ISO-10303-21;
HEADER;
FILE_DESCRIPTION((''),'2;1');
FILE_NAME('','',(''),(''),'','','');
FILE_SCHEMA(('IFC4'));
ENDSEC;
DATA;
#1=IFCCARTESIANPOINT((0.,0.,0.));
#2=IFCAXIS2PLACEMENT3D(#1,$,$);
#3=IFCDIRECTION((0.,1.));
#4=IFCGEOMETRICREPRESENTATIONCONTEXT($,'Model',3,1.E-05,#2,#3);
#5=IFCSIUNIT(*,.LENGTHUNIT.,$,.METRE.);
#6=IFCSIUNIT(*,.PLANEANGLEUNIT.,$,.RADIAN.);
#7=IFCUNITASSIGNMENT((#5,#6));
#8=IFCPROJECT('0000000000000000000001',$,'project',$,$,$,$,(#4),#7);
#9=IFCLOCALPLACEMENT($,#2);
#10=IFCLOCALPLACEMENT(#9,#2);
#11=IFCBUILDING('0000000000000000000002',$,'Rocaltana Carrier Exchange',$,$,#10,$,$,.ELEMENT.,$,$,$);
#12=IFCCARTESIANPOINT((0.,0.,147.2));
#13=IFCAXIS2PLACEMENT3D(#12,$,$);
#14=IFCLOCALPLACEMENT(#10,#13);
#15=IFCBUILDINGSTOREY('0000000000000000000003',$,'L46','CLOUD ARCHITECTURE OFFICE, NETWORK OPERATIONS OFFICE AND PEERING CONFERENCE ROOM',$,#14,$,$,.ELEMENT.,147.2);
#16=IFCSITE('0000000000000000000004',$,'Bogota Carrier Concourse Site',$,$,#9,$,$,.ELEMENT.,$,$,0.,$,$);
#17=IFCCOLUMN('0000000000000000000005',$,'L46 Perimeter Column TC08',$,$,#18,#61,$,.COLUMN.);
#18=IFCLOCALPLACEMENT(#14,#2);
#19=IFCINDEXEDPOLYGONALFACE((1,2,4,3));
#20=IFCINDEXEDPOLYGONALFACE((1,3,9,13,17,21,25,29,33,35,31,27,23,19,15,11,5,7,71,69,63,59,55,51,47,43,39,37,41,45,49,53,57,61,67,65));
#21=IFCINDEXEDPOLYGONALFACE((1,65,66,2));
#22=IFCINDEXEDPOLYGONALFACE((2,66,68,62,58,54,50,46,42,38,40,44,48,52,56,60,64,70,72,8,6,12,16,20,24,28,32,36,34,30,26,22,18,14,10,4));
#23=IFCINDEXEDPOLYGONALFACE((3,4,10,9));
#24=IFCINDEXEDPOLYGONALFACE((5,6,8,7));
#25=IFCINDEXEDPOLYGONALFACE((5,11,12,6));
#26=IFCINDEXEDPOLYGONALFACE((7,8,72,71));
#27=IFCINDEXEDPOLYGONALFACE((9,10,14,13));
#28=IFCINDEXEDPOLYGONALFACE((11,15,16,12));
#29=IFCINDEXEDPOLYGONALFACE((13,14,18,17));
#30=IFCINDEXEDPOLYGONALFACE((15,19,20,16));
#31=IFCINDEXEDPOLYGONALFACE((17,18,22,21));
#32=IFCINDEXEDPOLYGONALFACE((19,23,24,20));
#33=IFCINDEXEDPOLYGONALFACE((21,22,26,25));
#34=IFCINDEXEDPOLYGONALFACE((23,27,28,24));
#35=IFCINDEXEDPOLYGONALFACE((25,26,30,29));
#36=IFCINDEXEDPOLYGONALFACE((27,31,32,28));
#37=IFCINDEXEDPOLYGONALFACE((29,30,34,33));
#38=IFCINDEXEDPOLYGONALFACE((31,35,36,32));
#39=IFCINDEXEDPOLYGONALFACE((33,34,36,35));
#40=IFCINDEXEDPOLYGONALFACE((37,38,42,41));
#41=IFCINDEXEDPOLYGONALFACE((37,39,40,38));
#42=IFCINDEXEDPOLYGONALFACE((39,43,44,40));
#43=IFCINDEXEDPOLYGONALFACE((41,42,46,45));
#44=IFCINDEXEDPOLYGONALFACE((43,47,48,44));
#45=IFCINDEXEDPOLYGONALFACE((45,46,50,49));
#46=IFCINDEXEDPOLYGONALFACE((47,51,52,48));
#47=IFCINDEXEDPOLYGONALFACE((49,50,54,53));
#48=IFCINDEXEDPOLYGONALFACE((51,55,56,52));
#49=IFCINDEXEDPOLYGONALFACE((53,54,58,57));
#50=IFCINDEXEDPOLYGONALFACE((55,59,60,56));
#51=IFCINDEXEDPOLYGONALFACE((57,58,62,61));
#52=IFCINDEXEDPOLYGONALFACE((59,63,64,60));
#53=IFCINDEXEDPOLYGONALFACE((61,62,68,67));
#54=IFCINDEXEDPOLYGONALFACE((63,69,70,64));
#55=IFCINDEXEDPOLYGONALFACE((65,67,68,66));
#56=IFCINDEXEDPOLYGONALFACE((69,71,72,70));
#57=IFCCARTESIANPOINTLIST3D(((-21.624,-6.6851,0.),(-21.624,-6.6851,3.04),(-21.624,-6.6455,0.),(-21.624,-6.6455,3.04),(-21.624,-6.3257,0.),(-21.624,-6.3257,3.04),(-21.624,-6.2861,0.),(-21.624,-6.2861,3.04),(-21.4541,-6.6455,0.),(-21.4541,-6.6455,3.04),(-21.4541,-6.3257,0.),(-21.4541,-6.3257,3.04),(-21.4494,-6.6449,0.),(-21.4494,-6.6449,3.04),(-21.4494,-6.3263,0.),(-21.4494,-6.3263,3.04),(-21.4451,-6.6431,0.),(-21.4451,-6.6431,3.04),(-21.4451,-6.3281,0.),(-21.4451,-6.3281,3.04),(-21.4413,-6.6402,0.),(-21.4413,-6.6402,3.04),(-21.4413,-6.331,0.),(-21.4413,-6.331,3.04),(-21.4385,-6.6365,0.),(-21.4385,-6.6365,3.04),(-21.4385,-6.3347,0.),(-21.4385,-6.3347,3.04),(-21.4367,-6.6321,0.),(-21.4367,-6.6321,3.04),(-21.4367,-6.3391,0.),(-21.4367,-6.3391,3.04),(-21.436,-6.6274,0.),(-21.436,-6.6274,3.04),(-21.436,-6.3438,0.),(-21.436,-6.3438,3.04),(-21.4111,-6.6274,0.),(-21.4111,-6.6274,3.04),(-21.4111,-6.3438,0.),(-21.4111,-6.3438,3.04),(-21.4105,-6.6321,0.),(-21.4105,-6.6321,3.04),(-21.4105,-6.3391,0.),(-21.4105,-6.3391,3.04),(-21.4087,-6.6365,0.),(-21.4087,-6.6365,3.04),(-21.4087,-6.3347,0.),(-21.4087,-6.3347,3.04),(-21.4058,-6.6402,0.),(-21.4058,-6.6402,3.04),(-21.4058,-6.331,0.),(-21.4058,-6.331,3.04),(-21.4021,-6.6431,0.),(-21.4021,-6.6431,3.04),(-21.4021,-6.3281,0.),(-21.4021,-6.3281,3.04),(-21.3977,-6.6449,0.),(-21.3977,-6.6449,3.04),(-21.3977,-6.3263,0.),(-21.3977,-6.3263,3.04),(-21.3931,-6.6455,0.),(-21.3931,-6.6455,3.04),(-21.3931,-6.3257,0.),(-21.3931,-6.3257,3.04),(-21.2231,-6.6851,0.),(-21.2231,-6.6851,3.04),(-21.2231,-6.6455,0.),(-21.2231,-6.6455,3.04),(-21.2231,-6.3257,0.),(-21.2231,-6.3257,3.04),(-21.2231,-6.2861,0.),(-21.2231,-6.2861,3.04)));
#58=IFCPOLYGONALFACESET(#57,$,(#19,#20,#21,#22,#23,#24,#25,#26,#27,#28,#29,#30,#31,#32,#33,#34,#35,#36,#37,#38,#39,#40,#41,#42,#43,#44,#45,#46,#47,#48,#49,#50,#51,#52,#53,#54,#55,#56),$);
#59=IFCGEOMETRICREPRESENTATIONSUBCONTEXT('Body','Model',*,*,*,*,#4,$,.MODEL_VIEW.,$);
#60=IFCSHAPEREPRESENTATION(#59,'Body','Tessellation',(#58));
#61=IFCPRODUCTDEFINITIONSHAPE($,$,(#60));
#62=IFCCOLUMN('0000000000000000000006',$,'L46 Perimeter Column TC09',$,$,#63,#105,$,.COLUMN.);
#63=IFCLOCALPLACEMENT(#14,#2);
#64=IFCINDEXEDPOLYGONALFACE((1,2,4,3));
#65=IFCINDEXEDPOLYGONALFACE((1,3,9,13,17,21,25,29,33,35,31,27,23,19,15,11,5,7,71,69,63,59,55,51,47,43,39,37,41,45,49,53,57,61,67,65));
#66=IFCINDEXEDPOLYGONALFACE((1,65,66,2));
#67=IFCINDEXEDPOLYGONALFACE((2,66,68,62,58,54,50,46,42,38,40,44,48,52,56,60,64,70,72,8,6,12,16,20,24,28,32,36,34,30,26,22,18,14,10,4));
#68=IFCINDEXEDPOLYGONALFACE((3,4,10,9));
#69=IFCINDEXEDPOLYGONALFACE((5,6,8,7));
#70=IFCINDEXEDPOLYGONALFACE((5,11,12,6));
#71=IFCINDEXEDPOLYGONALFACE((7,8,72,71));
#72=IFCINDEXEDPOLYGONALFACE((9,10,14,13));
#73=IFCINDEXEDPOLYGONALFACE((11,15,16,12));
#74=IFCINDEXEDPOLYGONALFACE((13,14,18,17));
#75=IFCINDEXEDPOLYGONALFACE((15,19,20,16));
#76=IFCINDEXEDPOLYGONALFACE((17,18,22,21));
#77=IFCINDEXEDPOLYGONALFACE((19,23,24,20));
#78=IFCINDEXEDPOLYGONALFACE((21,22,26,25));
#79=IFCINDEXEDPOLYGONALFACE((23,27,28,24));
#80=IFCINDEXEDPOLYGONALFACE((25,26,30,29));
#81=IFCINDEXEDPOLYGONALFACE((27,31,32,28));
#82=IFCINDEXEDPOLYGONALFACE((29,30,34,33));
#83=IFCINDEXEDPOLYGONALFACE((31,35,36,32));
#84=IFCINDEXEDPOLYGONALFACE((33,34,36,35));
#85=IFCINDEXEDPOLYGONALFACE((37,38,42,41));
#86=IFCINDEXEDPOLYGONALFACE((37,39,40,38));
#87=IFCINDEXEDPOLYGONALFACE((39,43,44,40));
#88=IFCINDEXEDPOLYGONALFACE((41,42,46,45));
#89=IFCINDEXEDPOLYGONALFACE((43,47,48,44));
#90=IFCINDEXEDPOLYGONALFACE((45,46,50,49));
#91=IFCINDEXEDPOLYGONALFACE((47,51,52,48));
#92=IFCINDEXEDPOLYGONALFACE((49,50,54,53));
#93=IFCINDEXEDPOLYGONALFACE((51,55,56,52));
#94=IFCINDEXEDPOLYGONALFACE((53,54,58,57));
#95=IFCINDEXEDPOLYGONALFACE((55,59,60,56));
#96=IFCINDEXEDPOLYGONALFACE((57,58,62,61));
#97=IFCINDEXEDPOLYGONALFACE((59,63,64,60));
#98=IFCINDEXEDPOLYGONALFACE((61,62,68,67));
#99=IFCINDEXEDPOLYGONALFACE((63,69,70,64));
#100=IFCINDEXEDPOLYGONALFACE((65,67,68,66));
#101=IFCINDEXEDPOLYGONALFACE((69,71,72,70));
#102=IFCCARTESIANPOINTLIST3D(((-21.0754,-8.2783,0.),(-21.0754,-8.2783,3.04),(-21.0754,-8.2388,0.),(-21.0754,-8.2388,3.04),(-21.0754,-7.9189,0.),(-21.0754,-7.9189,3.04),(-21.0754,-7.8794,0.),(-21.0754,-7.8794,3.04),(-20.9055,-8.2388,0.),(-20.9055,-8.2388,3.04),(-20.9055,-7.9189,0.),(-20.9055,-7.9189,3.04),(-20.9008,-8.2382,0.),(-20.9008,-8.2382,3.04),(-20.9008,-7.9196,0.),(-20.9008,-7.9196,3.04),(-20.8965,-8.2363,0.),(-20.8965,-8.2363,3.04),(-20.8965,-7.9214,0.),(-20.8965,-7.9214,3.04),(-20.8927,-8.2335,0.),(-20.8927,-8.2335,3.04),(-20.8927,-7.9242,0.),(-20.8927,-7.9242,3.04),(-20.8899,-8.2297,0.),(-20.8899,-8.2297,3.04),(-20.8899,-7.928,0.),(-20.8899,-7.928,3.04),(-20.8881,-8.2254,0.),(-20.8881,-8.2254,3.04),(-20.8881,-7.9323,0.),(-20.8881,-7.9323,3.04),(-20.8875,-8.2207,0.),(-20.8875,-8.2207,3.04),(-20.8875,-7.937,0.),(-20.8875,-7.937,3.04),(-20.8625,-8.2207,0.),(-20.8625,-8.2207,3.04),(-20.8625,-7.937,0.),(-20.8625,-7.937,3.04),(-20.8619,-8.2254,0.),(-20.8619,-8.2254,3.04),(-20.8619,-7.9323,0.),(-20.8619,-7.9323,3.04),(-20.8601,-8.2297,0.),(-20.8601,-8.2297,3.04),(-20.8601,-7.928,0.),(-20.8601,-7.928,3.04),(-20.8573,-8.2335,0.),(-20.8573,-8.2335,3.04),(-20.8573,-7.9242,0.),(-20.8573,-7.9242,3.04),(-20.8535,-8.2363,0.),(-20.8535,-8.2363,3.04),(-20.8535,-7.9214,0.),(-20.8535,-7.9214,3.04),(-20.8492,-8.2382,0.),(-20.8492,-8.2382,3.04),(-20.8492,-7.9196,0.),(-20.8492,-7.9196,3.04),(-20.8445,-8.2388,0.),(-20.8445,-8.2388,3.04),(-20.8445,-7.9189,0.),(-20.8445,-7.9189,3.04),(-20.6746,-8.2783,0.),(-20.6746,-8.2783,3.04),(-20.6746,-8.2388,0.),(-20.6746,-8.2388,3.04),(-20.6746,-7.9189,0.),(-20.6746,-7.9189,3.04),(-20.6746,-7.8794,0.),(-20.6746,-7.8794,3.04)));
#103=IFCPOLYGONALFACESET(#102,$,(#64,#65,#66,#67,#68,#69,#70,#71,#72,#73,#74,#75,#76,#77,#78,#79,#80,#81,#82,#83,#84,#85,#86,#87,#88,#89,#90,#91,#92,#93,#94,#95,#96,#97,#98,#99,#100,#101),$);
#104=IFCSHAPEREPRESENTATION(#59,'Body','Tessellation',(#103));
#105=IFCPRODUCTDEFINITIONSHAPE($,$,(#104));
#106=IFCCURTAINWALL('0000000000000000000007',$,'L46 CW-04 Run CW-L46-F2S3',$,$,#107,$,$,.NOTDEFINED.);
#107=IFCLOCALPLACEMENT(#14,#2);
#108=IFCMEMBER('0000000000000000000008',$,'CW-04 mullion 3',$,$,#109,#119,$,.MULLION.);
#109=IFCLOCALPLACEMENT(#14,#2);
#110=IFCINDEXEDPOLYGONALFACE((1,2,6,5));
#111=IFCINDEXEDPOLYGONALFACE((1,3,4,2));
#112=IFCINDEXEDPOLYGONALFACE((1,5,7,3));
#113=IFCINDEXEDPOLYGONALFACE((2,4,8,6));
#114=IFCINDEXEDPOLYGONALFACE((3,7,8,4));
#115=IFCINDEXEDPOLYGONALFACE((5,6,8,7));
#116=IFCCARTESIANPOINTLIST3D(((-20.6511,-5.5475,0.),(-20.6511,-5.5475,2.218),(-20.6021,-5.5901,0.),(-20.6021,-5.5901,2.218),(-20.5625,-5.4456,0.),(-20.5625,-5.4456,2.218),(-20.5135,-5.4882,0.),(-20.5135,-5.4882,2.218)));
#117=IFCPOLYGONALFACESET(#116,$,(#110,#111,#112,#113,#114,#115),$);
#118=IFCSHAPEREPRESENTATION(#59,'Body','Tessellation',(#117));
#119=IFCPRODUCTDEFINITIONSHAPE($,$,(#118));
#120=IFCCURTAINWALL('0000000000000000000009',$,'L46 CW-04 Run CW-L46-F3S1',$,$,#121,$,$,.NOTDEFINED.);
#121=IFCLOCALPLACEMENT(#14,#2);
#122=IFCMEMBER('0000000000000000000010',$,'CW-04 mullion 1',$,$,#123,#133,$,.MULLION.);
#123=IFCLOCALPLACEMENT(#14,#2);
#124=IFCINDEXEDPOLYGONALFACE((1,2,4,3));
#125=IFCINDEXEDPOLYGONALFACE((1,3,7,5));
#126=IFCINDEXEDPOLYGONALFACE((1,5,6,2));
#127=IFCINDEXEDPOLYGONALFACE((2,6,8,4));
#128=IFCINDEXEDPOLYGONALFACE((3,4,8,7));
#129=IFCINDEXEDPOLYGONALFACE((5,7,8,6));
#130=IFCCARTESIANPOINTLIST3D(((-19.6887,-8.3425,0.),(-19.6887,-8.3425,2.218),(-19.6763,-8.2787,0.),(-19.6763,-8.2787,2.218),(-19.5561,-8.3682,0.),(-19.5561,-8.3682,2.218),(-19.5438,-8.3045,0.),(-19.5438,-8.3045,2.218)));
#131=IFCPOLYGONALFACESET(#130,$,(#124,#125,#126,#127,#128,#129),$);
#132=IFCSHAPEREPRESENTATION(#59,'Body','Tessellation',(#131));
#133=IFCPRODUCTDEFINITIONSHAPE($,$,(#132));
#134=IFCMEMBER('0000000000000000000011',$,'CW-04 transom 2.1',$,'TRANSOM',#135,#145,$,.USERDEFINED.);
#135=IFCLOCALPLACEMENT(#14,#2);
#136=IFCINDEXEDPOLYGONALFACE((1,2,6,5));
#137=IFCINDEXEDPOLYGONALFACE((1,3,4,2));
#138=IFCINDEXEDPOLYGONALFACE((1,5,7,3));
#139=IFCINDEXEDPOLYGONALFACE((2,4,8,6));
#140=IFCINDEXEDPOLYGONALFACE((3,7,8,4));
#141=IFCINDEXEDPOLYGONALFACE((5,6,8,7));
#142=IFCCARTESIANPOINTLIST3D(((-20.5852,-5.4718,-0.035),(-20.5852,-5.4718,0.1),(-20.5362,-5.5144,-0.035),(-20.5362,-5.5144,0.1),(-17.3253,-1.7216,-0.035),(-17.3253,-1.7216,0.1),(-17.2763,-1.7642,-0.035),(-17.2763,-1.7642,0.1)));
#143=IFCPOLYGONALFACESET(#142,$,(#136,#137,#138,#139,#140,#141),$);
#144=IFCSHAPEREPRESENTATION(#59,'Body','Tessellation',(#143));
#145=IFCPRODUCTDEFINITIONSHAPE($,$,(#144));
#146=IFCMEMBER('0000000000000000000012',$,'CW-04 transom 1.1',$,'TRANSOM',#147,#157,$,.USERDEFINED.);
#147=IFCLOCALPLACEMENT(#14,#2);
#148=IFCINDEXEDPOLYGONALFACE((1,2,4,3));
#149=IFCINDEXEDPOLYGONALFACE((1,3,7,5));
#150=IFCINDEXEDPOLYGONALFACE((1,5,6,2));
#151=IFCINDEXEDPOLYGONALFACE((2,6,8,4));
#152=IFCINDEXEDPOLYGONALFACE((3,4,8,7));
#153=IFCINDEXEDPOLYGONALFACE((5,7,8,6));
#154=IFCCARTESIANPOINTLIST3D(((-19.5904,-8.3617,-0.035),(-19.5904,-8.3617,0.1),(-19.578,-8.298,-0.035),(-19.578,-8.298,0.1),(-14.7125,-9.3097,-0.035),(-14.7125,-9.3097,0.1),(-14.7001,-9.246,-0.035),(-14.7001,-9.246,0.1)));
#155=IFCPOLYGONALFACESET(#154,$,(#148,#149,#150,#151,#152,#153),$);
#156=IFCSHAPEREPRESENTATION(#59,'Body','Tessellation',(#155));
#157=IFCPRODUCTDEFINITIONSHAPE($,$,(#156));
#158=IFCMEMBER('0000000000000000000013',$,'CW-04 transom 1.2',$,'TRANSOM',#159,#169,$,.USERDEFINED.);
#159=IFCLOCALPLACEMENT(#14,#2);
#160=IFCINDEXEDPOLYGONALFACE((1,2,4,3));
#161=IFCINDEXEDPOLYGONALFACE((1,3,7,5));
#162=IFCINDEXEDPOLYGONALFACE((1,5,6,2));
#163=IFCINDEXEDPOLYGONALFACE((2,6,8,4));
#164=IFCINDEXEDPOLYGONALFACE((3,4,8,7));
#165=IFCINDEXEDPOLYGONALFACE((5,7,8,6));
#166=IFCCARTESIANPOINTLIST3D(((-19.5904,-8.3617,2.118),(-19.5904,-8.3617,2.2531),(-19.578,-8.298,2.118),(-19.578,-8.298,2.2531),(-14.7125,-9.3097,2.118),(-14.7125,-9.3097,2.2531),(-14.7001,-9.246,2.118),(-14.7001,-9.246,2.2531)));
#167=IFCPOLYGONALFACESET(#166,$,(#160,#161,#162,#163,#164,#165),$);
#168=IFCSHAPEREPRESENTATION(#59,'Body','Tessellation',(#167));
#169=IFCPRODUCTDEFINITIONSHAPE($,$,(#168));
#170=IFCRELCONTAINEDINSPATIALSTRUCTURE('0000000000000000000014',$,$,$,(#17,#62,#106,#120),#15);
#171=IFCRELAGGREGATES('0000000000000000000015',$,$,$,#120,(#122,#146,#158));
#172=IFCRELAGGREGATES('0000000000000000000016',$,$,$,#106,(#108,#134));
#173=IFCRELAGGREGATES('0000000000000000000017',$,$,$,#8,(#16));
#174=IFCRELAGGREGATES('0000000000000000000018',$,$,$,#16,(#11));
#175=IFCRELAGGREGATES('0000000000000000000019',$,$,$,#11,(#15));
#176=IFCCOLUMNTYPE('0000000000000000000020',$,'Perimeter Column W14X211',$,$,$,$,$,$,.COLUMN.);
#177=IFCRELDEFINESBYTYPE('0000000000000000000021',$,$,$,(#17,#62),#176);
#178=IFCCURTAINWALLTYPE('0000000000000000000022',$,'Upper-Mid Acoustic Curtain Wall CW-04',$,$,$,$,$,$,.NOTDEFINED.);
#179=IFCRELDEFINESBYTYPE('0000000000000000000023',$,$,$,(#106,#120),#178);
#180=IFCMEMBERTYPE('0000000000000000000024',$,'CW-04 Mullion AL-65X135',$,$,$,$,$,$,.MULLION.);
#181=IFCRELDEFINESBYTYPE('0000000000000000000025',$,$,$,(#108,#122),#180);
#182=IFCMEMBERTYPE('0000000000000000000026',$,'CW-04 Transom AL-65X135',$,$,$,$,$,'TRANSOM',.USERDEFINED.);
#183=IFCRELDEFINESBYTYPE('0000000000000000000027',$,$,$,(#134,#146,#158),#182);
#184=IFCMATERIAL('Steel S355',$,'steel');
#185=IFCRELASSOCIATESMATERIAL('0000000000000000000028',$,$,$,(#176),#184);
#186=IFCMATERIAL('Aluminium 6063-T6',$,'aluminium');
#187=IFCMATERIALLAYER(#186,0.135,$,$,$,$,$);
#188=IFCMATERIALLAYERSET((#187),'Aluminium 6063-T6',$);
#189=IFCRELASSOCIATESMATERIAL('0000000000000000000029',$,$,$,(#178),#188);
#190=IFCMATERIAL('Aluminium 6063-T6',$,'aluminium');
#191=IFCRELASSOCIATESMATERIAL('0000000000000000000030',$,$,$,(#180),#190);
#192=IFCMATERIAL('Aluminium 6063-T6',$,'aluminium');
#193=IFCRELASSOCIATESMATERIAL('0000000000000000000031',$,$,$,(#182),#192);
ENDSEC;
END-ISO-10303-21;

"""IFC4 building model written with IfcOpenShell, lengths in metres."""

from ifc_helpers import new_model, si_unit, direction, frame, origin, origin_2d, place, context, subcontext, project, spatial, rectangle, i_section, extrude, material, layer, layer_set, material_profile, profile_set, type_object, element, aggregate, save


model = new_model("IFC4")

# Units and contexts
model_context = context("Model", 3, precision=1e-05, world=origin(), true_north=direction((0.0, 1.0)))
body_context = subcontext(model_context, "Body", "Model", "MODEL_VIEW")
ifc_project = project(units=[si_unit("LENGTHUNIT", "METRE"), si_unit("PLANEANGLEUNIT", "RADIAN")], contexts=[model_context])

# Site, building, storey
site_placement = place(None, origin())
site = spatial("IfcSite", under=ifc_project, at=site_placement, Name="Bogota Carrier Concourse Site", CompositionType="ELEMENT", RefElevation=0.0)
building_placement = place(site_placement, origin())
building = spatial("IfcBuilding", under=site, at=building_placement, Name="Rocaltana Carrier Exchange", CompositionType="ELEMENT")
storey_placement = place(building_placement, frame((0.0, 0.0, 147.2)))
storey = spatial("IfcBuildingStorey", under=building, at=storey_placement, Name="L46", Description="CLOUD ARCHITECTURE OFFICE, NETWORK OPERATIONS OFFICE AND PEERING CONFERENCE ROOM", CompositionType="ELEMENT", Elevation=147.2)

# Columns
ifc_material_1 = material(Name="Steel S355", Category="steel")
ifc_material_profile_1 = material_profile(ifc_material_1, i_section(OverallWidth=0.4009, OverallDepth=0.3989, WebThickness=0.0249, FlangeThickness=0.0396, FilletRadius=0.0181, at=origin_2d()), Name="W14X211")
ifc_profile_set_1 = profile_set([ifc_material_profile_1], Name="Steel S355")
column_type = type_object("IfcColumnType", Name="Perimeter Column W14X211", PredefinedType="COLUMN", material=ifc_profile_set_1)
for number, where, z_axis, x_axis, name in (
    (1, (-21.4236, -6.4856, 0.0), (0.0, 0.0, 1.0), (1.0, 0.0, 0.0), "L46 Perimeter Column TC08"),
    (2, (-20.875, -8.0789, 0.0), (0.0, 0.0, 1.0), (1.0, 0.0, 0.0), "L46 Perimeter Column TC09"),
):
    element("IfcColumn", number, at=place(storey_placement, frame(where, z_axis=z_axis, x_axis=x_axis)), inside=storey, type_object=column_type, Name=name, PredefinedType="COLUMN", context=body_context, shape_type="SweptSolid", body=[
        extrude(i_section(OverallWidth=0.4009, OverallDepth=0.3989, WebThickness=0.0249, FlangeThickness=0.0396, FilletRadius=0.0181, at=origin_2d()), origin(), (0.0, 0.0, 1.0), 3.04),
    ])

# Curtain walls, members
ifc_material_2 = material(Name="Aluminium 6063-T6", Category="aluminium")
ifc_layer_1 = layer(ifc_material_2, 0.135)
ifc_layer_set_1 = layer_set([ifc_layer_1], Name="Aluminium 6063-T6")
curtain_wall_type = type_object("IfcCurtainWallType", Name="Upper-Mid Acoustic Curtain Wall CW-04", PredefinedType="NOTDEFINED", material=ifc_layer_set_1)
curtain_wall_1_placement = place(storey_placement, origin())
curtain_wall_1 = element("IfcCurtainWall", 3, at=curtain_wall_1_placement, inside=storey, type_object=curtain_wall_type, Name="L46 CW-04 Run CW-L46-F2S3", PredefinedType="NOTDEFINED")
ifc_material_3 = material(Name="Aluminium 6063-T6", Category="aluminium")
ifc_material_profile_2 = material_profile(ifc_material_3, rectangle(XDim=0.0649, YDim=0.135, at=origin_2d()), Name="AL-65X135")
ifc_profile_set_2 = profile_set([ifc_material_profile_2], Name="Aluminium 6063-T6")
member_type_1 = type_object("IfcMemberType", Name="CW-04 Mullion AL-65X135", PredefinedType="MULLION", material=ifc_profile_set_2)
member_1_placement = place(storey_placement, frame((-20.5823, -5.5178, 0.0), z_axis=(0.0, 0.0, 1.0), x_axis=(0.754712, -0.656057, 0.0)))
member_1 = element("IfcMember", 4, at=member_1_placement, type_object=member_type_1, Name="CW-04 mullion 3", PredefinedType="MULLION", context=body_context, shape_type="SweptSolid", body=[
    extrude(rectangle(XDim=0.0649, YDim=0.135, at=origin_2d()), origin(), (0.0, 0.0, 1.0), 2.218),
])
curtain_wall_2_placement = place(storey_placement, origin())
curtain_wall_2 = element("IfcCurtainWall", 5, at=curtain_wall_2_placement, inside=storey, type_object=curtain_wall_type, Name="L46 CW-04 Run CW-L46-F3S1", PredefinedType="NOTDEFINED")
member_2_placement = place(storey_placement, frame((-19.6162, -8.3235, 0.0), z_axis=(0.0, 0.0, 1.0), x_axis=(0.190803, 0.981628, 0.0)))
member_2 = element("IfcMember", 6, at=member_2_placement, type_object=member_type_1, Name="CW-04 mullion 1", PredefinedType="MULLION", context=body_context, shape_type="SweptSolid", body=[
    extrude(rectangle(XDim=0.0649, YDim=0.135, at=origin_2d()), origin(), (0.0, 0.0, 1.0), 2.218),
])

# Members
ifc_material_4 = material(Name="Aluminium 6063-T6", Category="aluminium")
ifc_material_profile_3 = material_profile(ifc_material_4, rectangle(XDim=0.0649, YDim=0.135, at=origin_2d()), Name="AL-65X135")
ifc_profile_set_3 = profile_set([ifc_material_profile_3], Name="Aluminium 6063-T6")
member_type_2 = type_object("IfcMemberType", Name="CW-04 Transom AL-65X135", ElementType="TRANSOM", PredefinedType="USERDEFINED", material=ifc_profile_set_3)
member_3_placement = place(storey_placement, frame((-17.3008, -1.7429, 0.0325), z_axis=(-0.656056, -0.754712, 0.0), x_axis=(0.754712, -0.656056, 0.0)))
member_3 = element("IfcMember", 7, at=member_3_placement, type_object=member_type_2, Name="CW-04 transom 2.1", ObjectType="TRANSOM", PredefinedType="USERDEFINED", context=body_context, shape_type="SweptSolid", body=[
    extrude(rectangle(XDim=0.0649, YDim=0.135, at=origin_2d()), origin(), (0.0, 0.0, 1.0), 4.969),
])
member_4_placement = place(storey_placement, frame((-19.5842, -8.3298, 0.0325), z_axis=(0.981634, -0.190775, 0.0), x_axis=(0.190775, 0.981634, 0.0)))
member_4 = element("IfcMember", 8, at=member_4_placement, type_object=member_type_2, Name="CW-04 transom 1.1", ObjectType="TRANSOM", PredefinedType="USERDEFINED", context=body_context, shape_type="SweptSolid", body=[
    extrude(rectangle(XDim=0.0649, YDim=0.135, at=origin_2d()), origin(), (0.0, 0.0, 1.0), 4.9692),
])
member_5_placement = place(storey_placement, frame((-19.5842, -8.3298, 2.1855), z_axis=(0.981634, -0.190775, 0.0), x_axis=(0.190775, 0.981634, 0.0)))
member_5 = element("IfcMember", 9, at=member_5_placement, type_object=member_type_2, Name="CW-04 transom 1.2", ObjectType="TRANSOM", PredefinedType="USERDEFINED", context=body_context, shape_type="SweptSolid", body=[
    extrude(rectangle(XDim=0.0649, YDim=0.135, at=origin_2d()), origin(), (0.0, 0.0, 1.0), 4.9692),
])
aggregate(curtain_wall_2, [member_2, member_4, member_5])

aggregate(curtain_wall_1, [member_1, member_3])

save(model, "model.ifc")
